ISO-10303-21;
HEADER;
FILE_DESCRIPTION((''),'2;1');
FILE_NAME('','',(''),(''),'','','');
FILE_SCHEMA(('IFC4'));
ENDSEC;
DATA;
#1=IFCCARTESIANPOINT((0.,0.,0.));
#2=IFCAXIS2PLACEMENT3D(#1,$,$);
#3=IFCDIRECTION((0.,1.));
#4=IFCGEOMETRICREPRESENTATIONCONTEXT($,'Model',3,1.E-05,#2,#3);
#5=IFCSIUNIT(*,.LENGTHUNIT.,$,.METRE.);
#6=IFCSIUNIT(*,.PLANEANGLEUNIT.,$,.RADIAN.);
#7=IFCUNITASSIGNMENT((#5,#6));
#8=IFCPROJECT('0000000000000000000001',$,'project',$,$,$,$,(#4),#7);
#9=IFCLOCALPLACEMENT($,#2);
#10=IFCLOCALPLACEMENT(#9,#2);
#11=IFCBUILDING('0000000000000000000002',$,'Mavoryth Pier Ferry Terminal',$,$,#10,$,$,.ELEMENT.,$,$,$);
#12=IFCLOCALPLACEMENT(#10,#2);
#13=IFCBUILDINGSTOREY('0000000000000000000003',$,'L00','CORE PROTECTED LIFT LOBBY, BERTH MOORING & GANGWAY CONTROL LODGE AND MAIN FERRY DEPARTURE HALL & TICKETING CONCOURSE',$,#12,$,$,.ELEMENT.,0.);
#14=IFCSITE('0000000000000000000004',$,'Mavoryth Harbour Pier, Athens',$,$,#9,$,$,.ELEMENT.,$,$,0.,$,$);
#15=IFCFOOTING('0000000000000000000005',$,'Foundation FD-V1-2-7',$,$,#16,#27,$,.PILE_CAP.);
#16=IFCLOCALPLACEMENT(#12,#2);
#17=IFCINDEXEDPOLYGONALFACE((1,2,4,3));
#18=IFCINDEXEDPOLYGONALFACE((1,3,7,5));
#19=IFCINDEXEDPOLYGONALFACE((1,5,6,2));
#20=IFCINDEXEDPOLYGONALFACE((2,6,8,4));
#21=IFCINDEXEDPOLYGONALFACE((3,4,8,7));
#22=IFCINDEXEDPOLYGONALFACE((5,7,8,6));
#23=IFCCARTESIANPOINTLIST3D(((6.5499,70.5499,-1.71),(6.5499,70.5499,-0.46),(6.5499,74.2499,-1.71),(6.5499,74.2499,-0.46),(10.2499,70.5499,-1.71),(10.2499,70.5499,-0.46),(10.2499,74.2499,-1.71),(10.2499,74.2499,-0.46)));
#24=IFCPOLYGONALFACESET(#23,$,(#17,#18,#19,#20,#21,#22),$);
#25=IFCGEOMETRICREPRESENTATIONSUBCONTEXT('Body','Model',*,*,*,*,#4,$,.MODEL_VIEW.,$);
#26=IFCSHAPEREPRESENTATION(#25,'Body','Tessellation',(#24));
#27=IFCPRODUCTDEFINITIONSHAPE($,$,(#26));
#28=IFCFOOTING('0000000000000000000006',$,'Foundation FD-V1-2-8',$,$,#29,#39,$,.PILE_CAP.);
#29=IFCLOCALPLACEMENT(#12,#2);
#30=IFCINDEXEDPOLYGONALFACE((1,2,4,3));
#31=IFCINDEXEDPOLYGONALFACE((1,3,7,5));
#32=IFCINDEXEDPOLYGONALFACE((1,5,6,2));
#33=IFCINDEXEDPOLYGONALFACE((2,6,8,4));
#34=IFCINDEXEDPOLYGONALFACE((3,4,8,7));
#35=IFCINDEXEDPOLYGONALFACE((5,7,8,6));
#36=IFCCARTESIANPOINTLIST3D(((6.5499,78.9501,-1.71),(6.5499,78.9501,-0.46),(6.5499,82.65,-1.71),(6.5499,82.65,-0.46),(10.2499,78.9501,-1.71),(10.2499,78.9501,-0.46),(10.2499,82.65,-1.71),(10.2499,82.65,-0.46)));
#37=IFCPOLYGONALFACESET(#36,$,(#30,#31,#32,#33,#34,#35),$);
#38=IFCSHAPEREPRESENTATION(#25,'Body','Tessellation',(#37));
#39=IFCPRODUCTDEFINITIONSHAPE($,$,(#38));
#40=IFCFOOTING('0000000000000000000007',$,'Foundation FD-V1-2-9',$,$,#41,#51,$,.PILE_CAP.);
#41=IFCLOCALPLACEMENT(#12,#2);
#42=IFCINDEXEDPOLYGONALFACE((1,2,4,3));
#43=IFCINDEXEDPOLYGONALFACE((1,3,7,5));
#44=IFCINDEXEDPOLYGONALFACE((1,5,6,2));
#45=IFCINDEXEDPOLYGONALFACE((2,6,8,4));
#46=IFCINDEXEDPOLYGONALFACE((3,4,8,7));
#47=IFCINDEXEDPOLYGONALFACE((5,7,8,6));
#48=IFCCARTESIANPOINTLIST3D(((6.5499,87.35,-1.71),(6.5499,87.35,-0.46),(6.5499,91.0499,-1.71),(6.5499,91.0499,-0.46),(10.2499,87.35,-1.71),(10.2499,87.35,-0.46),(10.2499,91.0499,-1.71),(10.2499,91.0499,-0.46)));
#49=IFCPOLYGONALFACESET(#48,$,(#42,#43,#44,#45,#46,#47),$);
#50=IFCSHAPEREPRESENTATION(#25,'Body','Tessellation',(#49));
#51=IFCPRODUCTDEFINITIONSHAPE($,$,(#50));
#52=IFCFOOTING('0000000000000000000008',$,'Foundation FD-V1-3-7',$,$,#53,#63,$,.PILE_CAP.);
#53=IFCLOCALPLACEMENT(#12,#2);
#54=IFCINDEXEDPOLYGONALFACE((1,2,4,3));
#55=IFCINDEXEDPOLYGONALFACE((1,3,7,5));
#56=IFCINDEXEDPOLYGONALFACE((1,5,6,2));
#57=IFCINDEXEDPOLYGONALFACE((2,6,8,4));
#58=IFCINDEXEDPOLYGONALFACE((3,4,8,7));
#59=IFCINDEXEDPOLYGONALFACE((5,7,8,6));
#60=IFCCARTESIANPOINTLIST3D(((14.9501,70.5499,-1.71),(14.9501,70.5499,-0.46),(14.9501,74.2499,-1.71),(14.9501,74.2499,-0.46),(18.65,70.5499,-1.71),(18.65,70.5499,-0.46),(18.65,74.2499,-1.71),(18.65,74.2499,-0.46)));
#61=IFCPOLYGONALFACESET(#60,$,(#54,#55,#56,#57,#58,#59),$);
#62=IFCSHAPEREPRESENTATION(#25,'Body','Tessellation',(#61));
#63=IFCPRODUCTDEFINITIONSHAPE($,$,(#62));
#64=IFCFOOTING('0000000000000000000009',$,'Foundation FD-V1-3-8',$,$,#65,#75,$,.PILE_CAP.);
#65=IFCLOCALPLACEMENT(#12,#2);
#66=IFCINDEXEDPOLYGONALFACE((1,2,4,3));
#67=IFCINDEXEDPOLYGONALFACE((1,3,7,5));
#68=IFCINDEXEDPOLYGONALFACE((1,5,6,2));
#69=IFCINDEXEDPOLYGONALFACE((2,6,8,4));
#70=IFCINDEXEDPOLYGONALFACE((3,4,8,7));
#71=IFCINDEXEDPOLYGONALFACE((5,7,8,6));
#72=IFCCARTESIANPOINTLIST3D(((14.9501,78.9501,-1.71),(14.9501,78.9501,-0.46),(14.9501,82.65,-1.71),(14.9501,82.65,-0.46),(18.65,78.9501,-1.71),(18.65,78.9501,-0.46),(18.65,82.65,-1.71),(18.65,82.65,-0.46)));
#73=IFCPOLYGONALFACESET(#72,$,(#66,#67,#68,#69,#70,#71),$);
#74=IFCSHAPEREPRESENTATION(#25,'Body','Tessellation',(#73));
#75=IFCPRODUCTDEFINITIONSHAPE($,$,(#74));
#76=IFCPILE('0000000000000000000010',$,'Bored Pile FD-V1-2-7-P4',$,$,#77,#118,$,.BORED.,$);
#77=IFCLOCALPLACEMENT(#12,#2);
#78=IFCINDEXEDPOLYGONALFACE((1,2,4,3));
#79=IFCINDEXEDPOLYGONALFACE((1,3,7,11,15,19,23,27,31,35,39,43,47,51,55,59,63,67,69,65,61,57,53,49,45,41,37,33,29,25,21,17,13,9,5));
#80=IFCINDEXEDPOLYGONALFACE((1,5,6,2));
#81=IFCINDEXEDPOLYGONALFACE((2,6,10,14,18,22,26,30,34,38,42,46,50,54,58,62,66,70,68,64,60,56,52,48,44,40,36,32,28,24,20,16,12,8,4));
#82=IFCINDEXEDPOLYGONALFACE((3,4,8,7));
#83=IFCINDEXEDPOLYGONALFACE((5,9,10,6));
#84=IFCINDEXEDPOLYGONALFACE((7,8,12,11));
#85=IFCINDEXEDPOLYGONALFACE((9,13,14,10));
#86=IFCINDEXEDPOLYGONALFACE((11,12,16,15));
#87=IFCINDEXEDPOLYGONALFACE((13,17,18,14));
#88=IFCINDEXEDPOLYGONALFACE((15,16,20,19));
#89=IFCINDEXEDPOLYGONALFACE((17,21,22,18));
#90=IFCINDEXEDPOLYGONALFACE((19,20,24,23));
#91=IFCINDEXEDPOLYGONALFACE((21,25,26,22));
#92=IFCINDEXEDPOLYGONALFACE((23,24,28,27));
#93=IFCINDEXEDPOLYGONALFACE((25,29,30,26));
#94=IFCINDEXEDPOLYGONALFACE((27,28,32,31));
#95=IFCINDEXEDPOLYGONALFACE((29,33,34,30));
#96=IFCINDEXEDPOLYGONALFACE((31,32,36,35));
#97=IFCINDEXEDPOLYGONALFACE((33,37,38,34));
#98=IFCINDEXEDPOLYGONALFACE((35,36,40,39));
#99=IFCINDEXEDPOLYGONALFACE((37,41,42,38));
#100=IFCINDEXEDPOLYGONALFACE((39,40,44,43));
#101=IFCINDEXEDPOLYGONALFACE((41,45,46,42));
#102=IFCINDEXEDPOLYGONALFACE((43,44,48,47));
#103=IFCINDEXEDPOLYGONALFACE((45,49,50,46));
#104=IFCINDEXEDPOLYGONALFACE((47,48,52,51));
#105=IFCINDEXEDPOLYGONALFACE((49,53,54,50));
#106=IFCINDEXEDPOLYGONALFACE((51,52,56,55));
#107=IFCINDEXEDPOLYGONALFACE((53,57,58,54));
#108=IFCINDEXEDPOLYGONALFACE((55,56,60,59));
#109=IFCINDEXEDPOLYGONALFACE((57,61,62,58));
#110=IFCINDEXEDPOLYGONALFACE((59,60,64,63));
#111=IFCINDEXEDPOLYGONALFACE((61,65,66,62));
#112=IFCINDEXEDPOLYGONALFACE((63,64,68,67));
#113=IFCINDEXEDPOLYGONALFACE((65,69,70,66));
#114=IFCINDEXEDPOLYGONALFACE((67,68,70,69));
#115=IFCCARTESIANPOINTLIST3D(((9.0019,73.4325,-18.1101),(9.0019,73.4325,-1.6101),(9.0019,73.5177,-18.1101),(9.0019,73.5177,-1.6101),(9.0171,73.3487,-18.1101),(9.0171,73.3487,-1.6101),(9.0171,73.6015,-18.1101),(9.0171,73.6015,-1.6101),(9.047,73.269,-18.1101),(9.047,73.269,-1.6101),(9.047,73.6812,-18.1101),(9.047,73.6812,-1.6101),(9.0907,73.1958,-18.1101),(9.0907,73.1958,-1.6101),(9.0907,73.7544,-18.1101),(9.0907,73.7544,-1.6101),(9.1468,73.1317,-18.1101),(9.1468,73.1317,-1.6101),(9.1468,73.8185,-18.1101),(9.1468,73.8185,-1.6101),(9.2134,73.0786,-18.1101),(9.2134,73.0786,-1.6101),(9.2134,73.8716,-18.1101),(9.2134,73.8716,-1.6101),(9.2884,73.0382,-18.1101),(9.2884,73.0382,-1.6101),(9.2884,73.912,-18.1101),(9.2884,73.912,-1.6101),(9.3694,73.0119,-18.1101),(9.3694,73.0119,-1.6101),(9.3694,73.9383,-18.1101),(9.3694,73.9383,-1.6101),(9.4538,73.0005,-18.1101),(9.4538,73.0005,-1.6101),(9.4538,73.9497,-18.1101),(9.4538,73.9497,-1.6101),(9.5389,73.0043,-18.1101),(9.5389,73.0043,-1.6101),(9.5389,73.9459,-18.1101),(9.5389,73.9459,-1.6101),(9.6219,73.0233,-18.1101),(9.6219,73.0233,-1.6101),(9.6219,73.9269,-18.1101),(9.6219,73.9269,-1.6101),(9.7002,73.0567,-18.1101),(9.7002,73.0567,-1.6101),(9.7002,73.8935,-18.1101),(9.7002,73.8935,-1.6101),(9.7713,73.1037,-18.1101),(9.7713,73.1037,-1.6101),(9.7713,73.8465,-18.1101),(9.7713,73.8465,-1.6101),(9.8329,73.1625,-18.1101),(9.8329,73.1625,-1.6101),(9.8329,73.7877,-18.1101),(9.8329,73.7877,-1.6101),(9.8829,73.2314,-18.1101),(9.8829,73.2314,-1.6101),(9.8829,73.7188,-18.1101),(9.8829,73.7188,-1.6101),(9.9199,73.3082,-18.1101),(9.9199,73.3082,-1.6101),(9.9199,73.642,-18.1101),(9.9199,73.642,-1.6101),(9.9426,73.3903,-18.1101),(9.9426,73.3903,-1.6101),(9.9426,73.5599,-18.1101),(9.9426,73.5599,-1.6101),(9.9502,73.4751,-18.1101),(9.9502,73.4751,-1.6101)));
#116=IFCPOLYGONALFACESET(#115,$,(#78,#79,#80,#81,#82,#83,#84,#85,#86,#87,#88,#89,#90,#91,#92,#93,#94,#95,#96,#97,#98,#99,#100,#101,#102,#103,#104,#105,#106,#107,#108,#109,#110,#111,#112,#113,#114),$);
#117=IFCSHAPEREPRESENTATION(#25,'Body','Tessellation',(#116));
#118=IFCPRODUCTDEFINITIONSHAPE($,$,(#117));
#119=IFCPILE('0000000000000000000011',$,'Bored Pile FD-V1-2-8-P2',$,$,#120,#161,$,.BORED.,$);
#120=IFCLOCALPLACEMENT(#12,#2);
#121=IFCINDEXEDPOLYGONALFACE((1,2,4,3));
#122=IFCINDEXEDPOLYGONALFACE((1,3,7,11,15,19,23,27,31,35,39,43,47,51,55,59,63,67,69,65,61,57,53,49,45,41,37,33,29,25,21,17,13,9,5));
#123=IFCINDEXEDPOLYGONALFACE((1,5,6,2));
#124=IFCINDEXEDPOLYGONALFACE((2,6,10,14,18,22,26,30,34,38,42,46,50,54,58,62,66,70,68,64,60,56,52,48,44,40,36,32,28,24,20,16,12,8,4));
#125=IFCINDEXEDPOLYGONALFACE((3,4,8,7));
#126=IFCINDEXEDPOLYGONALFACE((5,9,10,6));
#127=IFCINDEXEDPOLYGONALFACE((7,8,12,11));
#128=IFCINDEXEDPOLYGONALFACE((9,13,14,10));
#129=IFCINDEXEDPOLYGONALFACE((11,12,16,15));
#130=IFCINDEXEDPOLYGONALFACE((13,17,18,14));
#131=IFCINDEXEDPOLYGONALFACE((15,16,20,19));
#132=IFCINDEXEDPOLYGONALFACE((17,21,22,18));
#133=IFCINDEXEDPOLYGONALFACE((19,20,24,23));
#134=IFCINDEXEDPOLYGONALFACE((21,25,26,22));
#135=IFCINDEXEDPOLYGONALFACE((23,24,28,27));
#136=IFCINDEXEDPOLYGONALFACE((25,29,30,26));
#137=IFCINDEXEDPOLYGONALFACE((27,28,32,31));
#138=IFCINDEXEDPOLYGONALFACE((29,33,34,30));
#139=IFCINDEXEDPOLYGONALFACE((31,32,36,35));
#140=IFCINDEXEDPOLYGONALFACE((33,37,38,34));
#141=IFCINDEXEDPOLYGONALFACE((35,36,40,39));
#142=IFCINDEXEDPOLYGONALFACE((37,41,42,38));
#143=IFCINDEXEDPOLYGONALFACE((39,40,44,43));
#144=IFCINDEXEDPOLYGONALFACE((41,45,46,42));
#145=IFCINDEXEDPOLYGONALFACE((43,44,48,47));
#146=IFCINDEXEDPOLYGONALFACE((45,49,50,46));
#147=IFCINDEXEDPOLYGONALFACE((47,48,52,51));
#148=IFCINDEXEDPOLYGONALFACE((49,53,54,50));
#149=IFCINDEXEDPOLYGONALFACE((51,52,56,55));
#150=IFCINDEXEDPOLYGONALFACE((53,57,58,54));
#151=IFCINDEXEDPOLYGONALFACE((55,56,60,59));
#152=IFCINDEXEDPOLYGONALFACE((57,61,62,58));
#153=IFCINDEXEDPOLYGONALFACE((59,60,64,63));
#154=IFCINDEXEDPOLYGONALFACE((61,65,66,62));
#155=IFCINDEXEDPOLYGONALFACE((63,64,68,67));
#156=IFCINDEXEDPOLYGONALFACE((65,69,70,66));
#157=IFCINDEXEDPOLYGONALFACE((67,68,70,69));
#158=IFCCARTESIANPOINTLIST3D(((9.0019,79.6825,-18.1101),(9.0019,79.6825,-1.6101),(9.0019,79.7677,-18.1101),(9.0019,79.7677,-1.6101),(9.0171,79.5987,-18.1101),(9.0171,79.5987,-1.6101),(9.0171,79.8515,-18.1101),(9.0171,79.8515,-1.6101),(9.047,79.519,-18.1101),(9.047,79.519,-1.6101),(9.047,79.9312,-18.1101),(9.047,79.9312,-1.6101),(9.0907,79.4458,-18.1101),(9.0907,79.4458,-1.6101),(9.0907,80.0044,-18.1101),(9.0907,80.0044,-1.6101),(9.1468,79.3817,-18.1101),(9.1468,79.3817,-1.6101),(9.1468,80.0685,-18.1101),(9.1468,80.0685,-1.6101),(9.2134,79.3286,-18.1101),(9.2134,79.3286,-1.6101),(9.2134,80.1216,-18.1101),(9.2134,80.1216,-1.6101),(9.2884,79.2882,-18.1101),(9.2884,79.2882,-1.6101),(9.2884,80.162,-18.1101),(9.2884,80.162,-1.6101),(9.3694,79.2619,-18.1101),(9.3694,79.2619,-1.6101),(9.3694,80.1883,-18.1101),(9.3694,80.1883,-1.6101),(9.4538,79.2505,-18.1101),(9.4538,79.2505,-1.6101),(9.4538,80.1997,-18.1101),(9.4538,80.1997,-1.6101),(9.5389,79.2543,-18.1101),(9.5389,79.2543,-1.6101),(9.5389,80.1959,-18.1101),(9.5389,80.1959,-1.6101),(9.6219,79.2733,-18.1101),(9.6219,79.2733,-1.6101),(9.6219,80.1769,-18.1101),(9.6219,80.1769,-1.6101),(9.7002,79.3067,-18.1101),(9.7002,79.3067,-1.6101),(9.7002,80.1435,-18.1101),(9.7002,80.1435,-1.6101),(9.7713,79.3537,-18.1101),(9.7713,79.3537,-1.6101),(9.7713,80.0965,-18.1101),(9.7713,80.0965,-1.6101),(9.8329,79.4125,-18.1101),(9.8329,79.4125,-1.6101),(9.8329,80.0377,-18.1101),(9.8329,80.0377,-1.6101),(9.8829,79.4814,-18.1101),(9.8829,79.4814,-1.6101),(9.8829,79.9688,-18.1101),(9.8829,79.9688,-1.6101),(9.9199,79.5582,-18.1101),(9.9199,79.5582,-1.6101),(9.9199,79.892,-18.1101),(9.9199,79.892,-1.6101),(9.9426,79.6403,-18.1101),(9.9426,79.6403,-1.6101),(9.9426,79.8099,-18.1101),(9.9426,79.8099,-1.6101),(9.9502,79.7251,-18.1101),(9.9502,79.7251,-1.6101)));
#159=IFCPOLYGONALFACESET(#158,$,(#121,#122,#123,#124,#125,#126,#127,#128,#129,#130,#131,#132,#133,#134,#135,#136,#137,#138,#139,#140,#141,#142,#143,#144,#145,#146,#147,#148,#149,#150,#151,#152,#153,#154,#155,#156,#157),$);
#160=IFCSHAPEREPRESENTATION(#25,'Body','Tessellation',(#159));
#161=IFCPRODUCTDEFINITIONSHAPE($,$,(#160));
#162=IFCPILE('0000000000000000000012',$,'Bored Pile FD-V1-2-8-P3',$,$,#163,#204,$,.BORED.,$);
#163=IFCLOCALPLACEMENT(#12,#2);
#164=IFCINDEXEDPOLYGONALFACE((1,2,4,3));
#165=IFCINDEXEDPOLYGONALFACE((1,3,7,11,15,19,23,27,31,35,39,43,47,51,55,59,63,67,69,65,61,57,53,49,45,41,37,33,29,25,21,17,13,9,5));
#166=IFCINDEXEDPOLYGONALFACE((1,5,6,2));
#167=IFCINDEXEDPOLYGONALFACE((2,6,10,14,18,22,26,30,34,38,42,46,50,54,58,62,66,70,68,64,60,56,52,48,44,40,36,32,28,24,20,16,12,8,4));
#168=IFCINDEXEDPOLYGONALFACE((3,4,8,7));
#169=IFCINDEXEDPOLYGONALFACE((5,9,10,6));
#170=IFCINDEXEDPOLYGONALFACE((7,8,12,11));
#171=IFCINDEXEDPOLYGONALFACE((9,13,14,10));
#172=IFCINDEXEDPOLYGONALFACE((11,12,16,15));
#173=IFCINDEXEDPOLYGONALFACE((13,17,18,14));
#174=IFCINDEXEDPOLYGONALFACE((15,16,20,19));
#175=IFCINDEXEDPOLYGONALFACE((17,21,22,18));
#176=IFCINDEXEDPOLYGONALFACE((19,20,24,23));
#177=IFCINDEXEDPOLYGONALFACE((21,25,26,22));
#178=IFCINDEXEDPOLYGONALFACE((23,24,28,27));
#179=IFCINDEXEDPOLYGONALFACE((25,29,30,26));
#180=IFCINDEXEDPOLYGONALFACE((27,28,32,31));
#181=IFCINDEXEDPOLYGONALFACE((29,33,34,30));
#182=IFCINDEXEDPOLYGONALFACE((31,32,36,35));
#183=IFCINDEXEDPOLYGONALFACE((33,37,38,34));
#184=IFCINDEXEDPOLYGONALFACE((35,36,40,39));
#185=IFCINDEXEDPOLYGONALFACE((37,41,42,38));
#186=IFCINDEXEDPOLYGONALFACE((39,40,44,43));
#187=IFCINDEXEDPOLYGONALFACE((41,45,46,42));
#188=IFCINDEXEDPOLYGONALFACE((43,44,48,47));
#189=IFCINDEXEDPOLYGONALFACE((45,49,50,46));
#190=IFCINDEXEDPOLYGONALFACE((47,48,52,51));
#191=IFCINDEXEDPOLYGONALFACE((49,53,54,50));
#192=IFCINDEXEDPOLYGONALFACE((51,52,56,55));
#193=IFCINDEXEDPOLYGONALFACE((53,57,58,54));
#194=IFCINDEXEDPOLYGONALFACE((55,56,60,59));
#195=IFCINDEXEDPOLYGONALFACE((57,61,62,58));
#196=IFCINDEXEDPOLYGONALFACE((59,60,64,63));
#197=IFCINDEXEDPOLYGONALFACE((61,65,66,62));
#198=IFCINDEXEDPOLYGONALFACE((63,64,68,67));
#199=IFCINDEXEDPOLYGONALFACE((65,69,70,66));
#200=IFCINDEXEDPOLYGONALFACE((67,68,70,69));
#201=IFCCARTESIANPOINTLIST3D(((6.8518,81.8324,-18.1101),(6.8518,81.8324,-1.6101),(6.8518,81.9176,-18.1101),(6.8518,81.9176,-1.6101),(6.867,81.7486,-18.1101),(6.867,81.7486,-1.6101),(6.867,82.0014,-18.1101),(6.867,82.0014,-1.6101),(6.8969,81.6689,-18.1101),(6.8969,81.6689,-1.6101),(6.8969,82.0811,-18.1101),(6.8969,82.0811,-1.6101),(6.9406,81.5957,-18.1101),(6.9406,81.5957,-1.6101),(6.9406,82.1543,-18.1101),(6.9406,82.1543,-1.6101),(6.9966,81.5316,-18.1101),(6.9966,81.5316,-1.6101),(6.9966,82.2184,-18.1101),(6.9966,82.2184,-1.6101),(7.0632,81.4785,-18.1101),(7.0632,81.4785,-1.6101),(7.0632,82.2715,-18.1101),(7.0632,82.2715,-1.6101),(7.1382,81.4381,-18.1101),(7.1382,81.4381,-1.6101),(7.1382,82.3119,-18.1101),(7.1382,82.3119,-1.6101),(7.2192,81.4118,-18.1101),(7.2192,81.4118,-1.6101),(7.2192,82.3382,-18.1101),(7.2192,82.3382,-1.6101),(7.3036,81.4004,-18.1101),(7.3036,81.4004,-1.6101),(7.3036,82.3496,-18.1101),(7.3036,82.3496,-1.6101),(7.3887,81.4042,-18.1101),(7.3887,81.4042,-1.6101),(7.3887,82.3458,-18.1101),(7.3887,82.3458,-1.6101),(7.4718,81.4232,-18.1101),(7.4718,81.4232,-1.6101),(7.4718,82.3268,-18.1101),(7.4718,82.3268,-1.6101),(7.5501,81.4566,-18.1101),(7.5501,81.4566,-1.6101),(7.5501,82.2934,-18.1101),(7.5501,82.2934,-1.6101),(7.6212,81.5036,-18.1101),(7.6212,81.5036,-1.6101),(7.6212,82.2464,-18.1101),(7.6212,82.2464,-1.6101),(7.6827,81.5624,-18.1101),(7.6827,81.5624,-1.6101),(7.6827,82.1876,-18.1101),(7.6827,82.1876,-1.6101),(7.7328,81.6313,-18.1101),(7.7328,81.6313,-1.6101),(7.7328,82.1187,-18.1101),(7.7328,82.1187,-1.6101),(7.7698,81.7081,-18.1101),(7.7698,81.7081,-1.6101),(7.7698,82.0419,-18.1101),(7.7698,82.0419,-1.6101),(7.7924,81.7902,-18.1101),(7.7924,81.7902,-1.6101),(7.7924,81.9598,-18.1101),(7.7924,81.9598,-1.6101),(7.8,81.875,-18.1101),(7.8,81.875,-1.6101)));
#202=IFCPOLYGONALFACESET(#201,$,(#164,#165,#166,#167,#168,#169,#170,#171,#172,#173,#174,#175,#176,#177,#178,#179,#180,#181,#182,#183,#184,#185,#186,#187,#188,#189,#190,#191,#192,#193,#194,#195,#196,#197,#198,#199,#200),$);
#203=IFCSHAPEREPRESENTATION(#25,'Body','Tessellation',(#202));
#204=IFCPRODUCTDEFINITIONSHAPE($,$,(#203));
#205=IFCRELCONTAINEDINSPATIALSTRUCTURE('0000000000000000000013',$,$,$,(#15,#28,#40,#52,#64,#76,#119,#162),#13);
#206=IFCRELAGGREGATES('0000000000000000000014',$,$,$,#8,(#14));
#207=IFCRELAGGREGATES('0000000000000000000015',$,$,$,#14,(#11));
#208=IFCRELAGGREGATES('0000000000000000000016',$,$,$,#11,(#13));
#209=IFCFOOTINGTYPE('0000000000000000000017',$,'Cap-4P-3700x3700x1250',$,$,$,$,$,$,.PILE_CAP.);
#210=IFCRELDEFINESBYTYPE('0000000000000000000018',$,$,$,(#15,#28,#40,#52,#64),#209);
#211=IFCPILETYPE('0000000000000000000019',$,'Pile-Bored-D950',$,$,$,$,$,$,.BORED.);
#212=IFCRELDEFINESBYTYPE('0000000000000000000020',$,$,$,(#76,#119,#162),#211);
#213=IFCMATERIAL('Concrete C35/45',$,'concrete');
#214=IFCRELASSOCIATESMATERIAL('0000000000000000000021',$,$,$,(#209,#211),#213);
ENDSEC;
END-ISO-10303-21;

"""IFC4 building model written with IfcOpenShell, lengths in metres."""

from ifc_helpers import new_model, si_unit, direction, frame, origin, origin_2d, place, context, subcontext, project, spatial, rectangle, circle, extrude, material, material_profile, profile_set, type_object, element, save


model = new_model("IFC4")

# Units and contexts
model_context = context("Model", 3, precision=1e-05, world=origin(), true_north=direction((0.0, 1.0)))
body_context = subcontext(model_context, "Body", "Model", "MODEL_VIEW")
ifc_project = project(units=[si_unit("LENGTHUNIT", "METRE"), si_unit("PLANEANGLEUNIT", "RADIAN")], contexts=[model_context])

# Site, building, storey
site_placement = place(None, origin())
site = spatial("IfcSite", under=ifc_project, at=site_placement, Name="Mavoryth Harbour Pier, Athens", CompositionType="ELEMENT", RefElevation=0.0)
building_placement = place(site_placement, origin())
building = spatial("IfcBuilding", under=site, at=building_placement, Name="Mavoryth Pier Ferry Terminal", CompositionType="ELEMENT")
storey_placement = place(building_placement, origin())
storey = spatial("IfcBuildingStorey", under=building, at=storey_placement, Name="L00", Description="CORE PROTECTED LIFT LOBBY, BERTH MOORING & GANGWAY CONTROL LODGE AND MAIN FERRY DEPARTURE HALL & TICKETING CONCOURSE", CompositionType="ELEMENT", Elevation=0.0)

# Footings
ifc_material_1 = material(Name="Concrete C35/45", Category="concrete")
footing_type_1 = type_object("IfcFootingType", Name="Cap-4P-3700x3700x1250", PredefinedType="PILE_CAP", material=ifc_material_1)
for number, where, z_axis, x_axis, name in (
    (1, (8.3999, 72.3999, -1.71), (0.0, 0.0, 1.0), (1.0, 0.0, 0.0), "Foundation FD-V1-2-7"),
    (2, (8.3999, 80.8, -1.71), (0.0, 0.0, 1.0), (1.0, 0.0, 0.0), "Foundation FD-V1-2-8"),
    (3, (8.3999, 89.2, -1.71), (0.0, 0.0, 1.0), (1.0, 0.0, 0.0), "Foundation FD-V1-2-9"),
    (4, (16.8, 72.3999, -1.71), (0.0, 0.0, 1.0), (1.0, 0.0, 0.0), "Foundation FD-V1-3-7"),
    (5, (16.8, 80.8, -1.71), (0.0, 0.0, 1.0), (1.0, 0.0, 0.0), "Foundation FD-V1-3-8"),
):
    element("IfcFooting", number, at=place(storey_placement, frame(where, z_axis=z_axis, x_axis=x_axis)), inside=storey, type_object=footing_type_1, Name=name, PredefinedType="PILE_CAP", context=body_context, shape_type="SweptSolid", body=[
        extrude(rectangle(XDim=3.7, YDim=3.7, at=origin_2d()), origin(), (0.0, 0.0, 1.0), 1.25),
    ])

# Piles
ifc_material_profile_1 = material_profile(ifc_material_1, circle(Radius=0.4751, at=origin_2d()), Name="PILE D950", Category="concrete")
ifc_profile_set_1 = profile_set([ifc_material_profile_1], Name="Concrete C35/45 - PILE D950")
pile_type = type_object("IfcPileType", Name="Pile-Bored-D950", PredefinedType="BORED", material=ifc_profile_set_1)
for number, where, z_axis, x_axis, name in (
    (6, (9.4751, 73.4751, -1.6101), (0.0, 0.0, -1.0), (1.0, 0.0, 0.0), "Bored Pile FD-V1-2-7-P4"),
    (7, (9.4751, 79.7251, -1.6101), (0.0, 0.0, -1.0), (1.0, 0.0, 0.0), "Bored Pile FD-V1-2-8-P2"),
    (8, (7.325, 81.875, -1.6101), (0.0, 0.0, -1.0), (1.0, 0.0, 0.0), "Bored Pile FD-V1-2-8-P3"),
):
    element("IfcPile", number, at=place(storey_placement, frame(where, z_axis=z_axis, x_axis=x_axis)), inside=storey, type_object=pile_type, Name=name, PredefinedType="BORED", context=body_context, shape_type="SweptSolid", body=[
        extrude(circle(Radius=0.4751, at=origin_2d()), origin(), (0.0, 0.0, 1.0), 16.5),
    ])

save(model, "model.ifc")
